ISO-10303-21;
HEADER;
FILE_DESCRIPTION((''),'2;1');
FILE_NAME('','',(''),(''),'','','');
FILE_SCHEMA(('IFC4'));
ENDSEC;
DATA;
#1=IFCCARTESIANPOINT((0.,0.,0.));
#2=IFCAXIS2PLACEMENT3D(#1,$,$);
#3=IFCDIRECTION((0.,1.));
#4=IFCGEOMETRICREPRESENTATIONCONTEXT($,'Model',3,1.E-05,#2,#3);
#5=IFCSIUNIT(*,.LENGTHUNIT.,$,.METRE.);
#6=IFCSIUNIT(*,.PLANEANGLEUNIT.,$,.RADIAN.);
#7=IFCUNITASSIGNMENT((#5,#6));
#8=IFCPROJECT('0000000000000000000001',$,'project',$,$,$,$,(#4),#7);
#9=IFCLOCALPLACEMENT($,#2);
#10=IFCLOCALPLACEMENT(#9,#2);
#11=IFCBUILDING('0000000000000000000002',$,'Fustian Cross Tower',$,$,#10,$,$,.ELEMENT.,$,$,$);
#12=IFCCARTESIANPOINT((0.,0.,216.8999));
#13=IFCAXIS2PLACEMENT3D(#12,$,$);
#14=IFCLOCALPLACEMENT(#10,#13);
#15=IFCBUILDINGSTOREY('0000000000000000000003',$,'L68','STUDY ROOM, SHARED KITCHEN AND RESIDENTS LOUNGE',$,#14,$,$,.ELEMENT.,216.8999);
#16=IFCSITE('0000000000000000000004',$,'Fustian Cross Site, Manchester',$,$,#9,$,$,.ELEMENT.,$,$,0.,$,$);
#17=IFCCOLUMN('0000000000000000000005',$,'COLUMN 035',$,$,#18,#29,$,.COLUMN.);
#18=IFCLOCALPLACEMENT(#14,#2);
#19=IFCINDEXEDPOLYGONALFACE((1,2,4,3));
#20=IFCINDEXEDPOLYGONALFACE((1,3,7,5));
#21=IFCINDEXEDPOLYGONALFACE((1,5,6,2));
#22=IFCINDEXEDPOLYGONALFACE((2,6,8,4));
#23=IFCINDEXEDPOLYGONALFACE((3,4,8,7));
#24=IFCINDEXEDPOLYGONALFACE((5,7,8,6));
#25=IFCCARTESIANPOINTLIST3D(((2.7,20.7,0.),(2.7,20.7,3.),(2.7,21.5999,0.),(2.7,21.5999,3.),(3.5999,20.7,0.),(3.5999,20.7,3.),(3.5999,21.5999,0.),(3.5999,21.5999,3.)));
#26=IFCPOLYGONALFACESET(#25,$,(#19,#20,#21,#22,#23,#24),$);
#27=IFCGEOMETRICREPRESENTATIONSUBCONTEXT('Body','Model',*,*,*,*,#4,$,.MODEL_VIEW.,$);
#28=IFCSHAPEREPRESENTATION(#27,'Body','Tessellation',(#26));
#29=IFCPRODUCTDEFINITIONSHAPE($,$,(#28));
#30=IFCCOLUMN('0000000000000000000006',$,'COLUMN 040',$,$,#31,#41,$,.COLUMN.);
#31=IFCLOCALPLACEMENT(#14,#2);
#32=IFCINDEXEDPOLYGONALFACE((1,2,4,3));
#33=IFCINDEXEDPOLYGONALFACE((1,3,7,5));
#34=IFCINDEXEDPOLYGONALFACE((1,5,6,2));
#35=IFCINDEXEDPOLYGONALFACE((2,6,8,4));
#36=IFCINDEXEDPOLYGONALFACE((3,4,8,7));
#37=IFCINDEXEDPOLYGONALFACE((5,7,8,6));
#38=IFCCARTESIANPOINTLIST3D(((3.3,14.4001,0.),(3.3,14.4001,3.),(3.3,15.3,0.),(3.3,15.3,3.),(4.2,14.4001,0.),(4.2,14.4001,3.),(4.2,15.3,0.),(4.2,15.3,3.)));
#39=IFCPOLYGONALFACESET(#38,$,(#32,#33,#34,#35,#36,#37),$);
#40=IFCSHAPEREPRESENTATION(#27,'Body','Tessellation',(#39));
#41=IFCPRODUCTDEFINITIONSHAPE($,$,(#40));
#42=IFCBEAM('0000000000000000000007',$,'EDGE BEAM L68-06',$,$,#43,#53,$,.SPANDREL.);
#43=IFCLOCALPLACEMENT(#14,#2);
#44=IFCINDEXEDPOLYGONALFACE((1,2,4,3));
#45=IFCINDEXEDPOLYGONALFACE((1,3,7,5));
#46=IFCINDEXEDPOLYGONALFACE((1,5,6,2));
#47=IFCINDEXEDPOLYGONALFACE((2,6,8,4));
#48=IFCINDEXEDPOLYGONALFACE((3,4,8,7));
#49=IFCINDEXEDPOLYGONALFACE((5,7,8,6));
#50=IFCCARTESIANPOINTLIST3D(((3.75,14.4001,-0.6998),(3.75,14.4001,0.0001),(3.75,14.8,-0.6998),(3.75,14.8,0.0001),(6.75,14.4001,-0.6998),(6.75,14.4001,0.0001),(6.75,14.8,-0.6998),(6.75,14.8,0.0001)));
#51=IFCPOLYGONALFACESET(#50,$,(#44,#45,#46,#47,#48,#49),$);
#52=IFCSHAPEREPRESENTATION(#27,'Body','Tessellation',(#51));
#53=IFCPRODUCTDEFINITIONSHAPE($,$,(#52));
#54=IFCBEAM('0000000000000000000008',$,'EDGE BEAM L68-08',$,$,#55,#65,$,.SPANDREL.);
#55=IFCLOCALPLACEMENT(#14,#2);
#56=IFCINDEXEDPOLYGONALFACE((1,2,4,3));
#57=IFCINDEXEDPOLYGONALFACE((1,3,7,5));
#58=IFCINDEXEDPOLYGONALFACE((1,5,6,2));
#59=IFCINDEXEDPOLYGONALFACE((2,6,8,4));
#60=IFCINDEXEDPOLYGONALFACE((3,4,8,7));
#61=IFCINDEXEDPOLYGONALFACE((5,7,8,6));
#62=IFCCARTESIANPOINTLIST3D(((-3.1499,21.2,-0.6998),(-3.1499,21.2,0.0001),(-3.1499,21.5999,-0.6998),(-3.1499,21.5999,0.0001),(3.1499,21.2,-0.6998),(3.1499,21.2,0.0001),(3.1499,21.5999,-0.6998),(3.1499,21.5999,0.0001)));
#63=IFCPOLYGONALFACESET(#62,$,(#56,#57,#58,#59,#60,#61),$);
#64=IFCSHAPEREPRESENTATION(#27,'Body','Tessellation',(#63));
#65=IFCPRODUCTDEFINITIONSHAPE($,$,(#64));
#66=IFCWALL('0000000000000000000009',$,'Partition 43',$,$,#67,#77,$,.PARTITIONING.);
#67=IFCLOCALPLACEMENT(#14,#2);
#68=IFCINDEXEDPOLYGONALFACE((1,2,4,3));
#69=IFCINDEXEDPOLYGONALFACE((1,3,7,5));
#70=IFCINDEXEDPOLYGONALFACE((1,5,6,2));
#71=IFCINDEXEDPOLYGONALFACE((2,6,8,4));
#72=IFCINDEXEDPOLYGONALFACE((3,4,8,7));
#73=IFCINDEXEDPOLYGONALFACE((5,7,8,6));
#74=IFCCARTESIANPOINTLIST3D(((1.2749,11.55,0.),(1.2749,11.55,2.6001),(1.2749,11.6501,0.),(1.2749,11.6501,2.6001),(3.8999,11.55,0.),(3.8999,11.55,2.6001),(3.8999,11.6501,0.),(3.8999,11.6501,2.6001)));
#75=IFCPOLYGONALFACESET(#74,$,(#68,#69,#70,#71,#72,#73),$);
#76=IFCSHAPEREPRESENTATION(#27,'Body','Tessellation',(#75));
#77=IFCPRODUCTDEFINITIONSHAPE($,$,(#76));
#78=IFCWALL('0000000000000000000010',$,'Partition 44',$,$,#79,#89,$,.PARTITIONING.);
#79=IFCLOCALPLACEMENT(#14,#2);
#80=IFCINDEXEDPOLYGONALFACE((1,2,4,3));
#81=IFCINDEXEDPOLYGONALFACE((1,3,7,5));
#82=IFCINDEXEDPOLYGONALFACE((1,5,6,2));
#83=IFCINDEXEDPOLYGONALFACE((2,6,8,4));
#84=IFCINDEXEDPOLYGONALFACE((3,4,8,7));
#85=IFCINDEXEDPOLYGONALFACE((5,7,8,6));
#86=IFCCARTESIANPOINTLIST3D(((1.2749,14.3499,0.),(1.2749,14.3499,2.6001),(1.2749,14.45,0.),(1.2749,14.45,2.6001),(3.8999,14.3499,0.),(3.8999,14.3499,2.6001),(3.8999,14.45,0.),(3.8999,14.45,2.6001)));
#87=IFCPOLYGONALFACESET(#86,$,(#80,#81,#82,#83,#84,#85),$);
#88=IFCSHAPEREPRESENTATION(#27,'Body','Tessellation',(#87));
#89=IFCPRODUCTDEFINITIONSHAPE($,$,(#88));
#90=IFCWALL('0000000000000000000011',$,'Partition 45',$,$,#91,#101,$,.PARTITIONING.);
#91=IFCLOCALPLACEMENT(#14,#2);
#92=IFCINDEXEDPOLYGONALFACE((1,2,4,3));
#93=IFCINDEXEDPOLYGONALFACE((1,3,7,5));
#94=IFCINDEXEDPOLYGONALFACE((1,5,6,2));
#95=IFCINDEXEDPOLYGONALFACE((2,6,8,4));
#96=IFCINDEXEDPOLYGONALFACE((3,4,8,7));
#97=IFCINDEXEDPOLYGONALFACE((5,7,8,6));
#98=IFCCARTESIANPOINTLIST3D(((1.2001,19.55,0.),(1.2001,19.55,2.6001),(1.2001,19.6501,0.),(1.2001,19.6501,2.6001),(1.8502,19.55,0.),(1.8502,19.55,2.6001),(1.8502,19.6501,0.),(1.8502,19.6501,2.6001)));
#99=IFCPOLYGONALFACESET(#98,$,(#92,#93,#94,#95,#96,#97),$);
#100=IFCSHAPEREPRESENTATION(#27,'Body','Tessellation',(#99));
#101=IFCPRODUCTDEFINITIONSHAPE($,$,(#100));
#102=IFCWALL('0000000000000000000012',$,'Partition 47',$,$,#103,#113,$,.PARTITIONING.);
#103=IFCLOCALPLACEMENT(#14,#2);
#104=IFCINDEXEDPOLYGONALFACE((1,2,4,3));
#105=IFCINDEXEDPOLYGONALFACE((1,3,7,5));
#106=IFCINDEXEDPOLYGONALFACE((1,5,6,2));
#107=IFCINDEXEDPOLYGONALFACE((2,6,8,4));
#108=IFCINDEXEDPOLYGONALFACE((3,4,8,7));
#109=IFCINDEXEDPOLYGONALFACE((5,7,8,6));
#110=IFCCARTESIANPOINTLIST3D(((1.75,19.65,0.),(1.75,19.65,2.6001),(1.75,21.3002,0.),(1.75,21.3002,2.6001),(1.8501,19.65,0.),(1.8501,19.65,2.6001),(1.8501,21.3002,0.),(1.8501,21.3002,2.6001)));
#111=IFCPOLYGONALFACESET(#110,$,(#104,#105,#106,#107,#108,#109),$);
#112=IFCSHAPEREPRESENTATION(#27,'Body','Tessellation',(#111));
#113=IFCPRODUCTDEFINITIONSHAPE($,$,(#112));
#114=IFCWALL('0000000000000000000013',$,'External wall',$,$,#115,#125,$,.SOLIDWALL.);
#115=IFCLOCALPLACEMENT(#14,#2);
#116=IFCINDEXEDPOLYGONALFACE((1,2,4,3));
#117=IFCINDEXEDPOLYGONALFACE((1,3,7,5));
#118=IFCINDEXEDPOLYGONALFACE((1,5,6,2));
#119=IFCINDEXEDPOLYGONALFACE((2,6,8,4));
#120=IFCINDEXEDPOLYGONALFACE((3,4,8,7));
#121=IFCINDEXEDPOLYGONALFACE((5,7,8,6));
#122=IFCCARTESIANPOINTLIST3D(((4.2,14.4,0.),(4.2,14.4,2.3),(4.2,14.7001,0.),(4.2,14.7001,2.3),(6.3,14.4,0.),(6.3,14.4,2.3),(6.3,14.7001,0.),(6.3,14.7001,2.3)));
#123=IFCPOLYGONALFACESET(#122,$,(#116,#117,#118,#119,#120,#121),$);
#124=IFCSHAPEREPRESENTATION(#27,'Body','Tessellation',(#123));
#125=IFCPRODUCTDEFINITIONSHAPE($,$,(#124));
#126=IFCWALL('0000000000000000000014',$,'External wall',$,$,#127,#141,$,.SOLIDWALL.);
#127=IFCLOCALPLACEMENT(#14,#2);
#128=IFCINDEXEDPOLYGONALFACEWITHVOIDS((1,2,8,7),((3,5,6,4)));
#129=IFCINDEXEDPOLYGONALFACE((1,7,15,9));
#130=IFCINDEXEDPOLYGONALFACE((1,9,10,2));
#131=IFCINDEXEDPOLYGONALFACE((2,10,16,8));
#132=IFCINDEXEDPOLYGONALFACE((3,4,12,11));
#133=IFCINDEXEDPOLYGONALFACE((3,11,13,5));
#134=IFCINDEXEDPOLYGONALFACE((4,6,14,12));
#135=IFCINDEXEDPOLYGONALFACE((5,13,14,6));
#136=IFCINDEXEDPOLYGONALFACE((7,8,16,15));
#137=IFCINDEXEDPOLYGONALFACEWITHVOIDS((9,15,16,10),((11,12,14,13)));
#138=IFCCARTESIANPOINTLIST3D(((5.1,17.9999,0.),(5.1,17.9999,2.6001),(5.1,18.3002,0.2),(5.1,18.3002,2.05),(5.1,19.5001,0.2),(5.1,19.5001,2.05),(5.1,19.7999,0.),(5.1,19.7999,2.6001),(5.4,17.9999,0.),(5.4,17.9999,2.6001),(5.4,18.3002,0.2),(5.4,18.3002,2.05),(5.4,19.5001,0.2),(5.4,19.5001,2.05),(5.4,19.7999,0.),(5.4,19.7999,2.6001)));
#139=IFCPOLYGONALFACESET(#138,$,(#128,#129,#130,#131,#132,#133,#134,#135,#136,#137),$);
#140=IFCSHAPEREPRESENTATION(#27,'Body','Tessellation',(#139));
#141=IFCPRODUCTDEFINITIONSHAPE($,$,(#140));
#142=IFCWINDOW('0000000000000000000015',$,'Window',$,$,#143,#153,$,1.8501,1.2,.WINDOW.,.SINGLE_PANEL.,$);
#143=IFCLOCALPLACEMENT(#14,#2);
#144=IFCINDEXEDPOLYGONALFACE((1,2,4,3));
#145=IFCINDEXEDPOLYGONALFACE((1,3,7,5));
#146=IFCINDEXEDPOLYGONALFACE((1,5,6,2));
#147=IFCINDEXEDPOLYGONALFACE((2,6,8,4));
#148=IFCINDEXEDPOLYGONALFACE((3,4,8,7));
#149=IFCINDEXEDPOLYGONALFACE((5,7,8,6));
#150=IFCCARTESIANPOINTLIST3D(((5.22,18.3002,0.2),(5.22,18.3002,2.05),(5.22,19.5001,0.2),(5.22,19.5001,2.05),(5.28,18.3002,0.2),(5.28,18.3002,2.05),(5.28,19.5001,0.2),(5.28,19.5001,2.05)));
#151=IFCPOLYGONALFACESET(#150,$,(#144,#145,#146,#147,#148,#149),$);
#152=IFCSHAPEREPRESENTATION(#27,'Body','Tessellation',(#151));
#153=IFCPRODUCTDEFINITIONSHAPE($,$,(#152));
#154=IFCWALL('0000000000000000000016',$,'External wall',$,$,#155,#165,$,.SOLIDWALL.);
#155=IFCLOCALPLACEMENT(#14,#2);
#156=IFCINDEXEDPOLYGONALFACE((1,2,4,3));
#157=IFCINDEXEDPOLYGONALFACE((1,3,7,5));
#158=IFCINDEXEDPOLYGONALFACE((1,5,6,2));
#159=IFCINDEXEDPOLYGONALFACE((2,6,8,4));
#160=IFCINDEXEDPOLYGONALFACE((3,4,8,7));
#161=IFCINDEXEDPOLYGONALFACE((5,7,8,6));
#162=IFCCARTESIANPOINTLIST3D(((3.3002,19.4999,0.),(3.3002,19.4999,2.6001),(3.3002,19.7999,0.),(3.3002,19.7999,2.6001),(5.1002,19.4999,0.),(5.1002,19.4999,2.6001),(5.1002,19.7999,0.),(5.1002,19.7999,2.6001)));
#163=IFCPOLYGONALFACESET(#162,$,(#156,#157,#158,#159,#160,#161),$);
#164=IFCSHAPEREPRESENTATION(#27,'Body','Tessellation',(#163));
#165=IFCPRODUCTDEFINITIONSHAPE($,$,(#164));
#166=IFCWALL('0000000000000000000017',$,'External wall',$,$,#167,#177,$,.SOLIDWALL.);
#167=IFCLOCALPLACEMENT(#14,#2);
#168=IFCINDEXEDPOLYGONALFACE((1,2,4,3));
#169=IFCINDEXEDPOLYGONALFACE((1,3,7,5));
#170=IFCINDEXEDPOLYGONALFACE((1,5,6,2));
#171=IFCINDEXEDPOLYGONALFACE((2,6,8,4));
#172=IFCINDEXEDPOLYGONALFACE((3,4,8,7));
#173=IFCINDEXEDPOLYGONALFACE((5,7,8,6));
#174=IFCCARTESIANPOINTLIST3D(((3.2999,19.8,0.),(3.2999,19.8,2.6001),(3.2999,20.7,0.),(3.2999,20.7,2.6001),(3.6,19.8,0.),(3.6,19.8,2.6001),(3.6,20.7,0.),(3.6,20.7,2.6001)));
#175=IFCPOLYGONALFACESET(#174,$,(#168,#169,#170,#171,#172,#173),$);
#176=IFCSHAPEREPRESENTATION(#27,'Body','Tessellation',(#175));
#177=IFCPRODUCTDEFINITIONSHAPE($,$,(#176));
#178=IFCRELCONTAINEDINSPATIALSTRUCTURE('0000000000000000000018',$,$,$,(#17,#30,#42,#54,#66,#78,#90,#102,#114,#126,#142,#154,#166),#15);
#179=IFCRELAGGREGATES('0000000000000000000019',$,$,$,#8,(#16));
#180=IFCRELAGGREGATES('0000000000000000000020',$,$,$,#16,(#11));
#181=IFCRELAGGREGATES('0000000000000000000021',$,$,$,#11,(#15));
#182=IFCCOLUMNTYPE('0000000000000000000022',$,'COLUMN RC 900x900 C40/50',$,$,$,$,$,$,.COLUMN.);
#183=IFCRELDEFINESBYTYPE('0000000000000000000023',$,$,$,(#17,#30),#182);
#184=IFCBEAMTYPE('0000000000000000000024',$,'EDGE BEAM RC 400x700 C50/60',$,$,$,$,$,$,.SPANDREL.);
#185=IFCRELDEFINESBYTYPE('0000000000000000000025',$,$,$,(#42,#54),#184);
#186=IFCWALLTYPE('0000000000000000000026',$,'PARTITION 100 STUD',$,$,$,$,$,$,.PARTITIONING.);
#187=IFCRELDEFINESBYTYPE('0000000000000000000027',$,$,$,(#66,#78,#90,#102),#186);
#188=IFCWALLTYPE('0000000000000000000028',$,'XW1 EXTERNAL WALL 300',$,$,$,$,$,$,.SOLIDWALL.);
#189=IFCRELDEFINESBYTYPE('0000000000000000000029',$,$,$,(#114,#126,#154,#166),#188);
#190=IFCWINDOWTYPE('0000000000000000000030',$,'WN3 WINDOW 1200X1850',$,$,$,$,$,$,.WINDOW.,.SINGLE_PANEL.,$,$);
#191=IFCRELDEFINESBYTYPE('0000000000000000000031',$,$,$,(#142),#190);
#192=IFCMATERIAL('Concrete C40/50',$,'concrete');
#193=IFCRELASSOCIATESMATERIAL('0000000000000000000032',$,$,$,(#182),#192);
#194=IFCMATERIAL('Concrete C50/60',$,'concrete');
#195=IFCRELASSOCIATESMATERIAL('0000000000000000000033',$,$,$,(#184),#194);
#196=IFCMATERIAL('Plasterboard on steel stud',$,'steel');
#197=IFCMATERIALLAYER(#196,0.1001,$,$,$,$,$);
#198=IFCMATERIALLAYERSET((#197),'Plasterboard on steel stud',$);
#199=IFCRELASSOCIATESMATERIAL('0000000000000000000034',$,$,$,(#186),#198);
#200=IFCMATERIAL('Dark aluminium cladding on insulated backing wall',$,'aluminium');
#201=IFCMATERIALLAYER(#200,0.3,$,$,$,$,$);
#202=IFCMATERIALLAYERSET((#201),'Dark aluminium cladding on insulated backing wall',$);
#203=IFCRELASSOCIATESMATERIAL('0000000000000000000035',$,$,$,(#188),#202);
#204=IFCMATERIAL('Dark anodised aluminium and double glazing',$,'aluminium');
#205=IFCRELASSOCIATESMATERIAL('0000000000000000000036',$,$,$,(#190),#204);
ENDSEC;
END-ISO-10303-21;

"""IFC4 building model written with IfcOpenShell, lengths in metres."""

from ifc_helpers import new_model, si_unit, direction, frame, frame_2d, origin, origin_2d, place, context, subcontext, project, spatial, rectangle, extrude, material, layer, layer_set, material_profile, profile_set, type_object, element, fill, save


model = new_model("IFC4")

# Units and contexts
model_context = context("Model", 3, precision=1e-05, world=origin(), true_north=direction((0.0, 1.0)))
body_context = subcontext(model_context, "Body", "Model", "MODEL_VIEW")
ifc_project = project(units=[si_unit("LENGTHUNIT", "METRE"), si_unit("PLANEANGLEUNIT", "RADIAN")], contexts=[model_context])

# Site, building, storey
site_placement = place(None, origin())
site = spatial("IfcSite", under=ifc_project, at=site_placement, Name="Fustian Cross Site, Manchester", CompositionType="ELEMENT", RefElevation=0.0)
building_placement = place(site_placement, origin())
building = spatial("IfcBuilding", under=site, at=building_placement, Name="Fustian Cross Tower", CompositionType="ELEMENT")
storey_placement = place(building_placement, frame((0.0, 0.0, 216.8999)))
storey = spatial("IfcBuildingStorey", under=building, at=storey_placement, Name="L68", Description="STUDY ROOM, SHARED KITCHEN AND RESIDENTS LOUNGE", CompositionType="ELEMENT", Elevation=216.8999)

# Columns
ifc_material_1 = material(Name="Concrete C40/50", Category="concrete")
ifc_material_profile_1 = material_profile(ifc_material_1, rectangle(XDim=0.8999, YDim=0.8999, at=origin_2d()), Name="RC 900x900")
ifc_profile_set_1 = profile_set([ifc_material_profile_1], Name="Concrete C40/50")
column_type = type_object("IfcColumnType", Name="COLUMN RC 900x900 C40/50", PredefinedType="COLUMN", material=ifc_profile_set_1)
for number, where, z_axis, x_axis, name in (
    (1, (3.1499, 21.1499, 0.0), (0.0, 0.0, 1.0), (1.0, 0.0, 0.0), "COLUMN 035"),
    (2, (3.75, 14.8501, 0.0), (0.0, 0.0, 1.0), (1.0, 0.0, 0.0), "COLUMN 040"),
):
    element("IfcColumn", number, at=place(storey_placement, frame(where, z_axis=z_axis, x_axis=x_axis)), inside=storey, type_object=column_type, Name=name, PredefinedType="COLUMN", context=body_context, shape_type="SweptSolid", body=[
        extrude(rectangle(XDim=0.8999, YDim=0.8999, at=origin_2d()), origin(), (0.0, 0.0, 1.0), 3.0),
    ])

# Beams
ifc_material_2 = material(Name="Concrete C50/60", Category="concrete")
ifc_material_profile_2 = material_profile(ifc_material_2, rectangle(XDim=0.3999, YDim=0.7, at=origin_2d()), Name="RC 400x700")
ifc_profile_set_2 = profile_set([ifc_material_profile_2], Name="Concrete C50/60")
beam_type = type_object("IfcBeamType", Name="EDGE BEAM RC 400x700 C50/60", PredefinedType="SPANDREL", material=ifc_profile_set_2)
beam_1_placement = place(storey_placement, frame((3.75, 14.6001, -0.3499), z_axis=(1.0, 0.0, 0.0), x_axis=(0.0, 1.0, 0.0)))
element("IfcBeam", 3, at=beam_1_placement, inside=storey, type_object=beam_type, Name="EDGE BEAM L68-06", PredefinedType="SPANDREL", context=body_context, shape_type="SweptSolid", body=[
    extrude(rectangle(XDim=0.3999, YDim=0.7, at=origin_2d()), origin(), (0.0, 0.0, 1.0), 3.0),
])
beam_2_placement = place(storey_placement, frame((3.1499, 21.3999, -0.3499), z_axis=(-1.0, 0.0, 0.0), x_axis=(0.0, -1.0, 0.0)))
element("IfcBeam", 4, at=beam_2_placement, inside=storey, type_object=beam_type, Name="EDGE BEAM L68-08", PredefinedType="SPANDREL", context=body_context, shape_type="SweptSolid", body=[
    extrude(rectangle(XDim=0.3999, YDim=0.7, at=origin_2d()), origin(), (0.0, 0.0, 1.0), 6.2998),
])

# Walls
ifc_material_3 = material(Name="Plasterboard on steel stud", Category="steel")
ifc_layer_1 = layer(ifc_material_3, 0.1001)
ifc_layer_set_1 = layer_set([ifc_layer_1], Name="Plasterboard on steel stud")
wall_type_1 = type_object("IfcWallType", Name="PARTITION 100 STUD", PredefinedType="PARTITIONING", material=ifc_layer_set_1)
for number, where, z_axis, x_axis, name in (
    (5, (1.2749, 11.6001, 0.0), (0.0, 0.0, 1.0), (1.0, 0.0, 0.0), "Partition 43"),
    (6, (1.2749, 14.3999, 0.0), (0.0, 0.0, 1.0), (1.0, 0.0, 0.0), "Partition 44"),
):
    element("IfcWall", number, at=place(storey_placement, frame(where, z_axis=z_axis, x_axis=x_axis)), inside=storey, type_object=wall_type_1, Name=name, PredefinedType="PARTITIONING", context=body_context, shape_type="SweptSolid", body=[
        extrude(rectangle(XDim=2.625, YDim=0.1001, at=frame_2d((1.3125, 0.0))), origin(), (0.0, 0.0, 1.0), 2.6001),
    ])
wall_1_placement = place(storey_placement, frame((1.2, 19.6001, 0.0), z_axis=(0.0, 0.0, 1.0), x_axis=(1.0, 0.0, 0.0)))
element("IfcWall", 7, at=wall_1_placement, inside=storey, type_object=wall_type_1, Name="Partition 45", PredefinedType="PARTITIONING", context=body_context, shape_type="SweptSolid", body=[
    extrude(rectangle(XDim=0.6501, YDim=0.1001, at=frame_2d((0.3252, 0.0))), origin(), (0.0, 0.0, 1.0), 2.6001),
])
wall_2_placement = place(storey_placement, frame((1.8, 19.6499, 0.0), z_axis=(0.0, 0.0, 1.0), x_axis=(0.0, 1.0, 0.0)))
element("IfcWall", 8, at=wall_2_placement, inside=storey, type_object=wall_type_1, Name="Partition 47", PredefinedType="PARTITIONING", context=body_context, shape_type="SweptSolid", body=[
    extrude(rectangle(XDim=1.6501, YDim=0.1001, at=frame_2d((0.8252, 0.0))), origin(), (0.0, 0.0, 1.0), 2.6001),
])
ifc_material_4 = material(Name="Dark aluminium cladding on insulated backing wall", Category="aluminium")
ifc_layer_2 = layer(ifc_material_4, 0.3)
ifc_layer_set_2 = layer_set([ifc_layer_2], Name="Dark aluminium cladding on insulated backing wall")
wall_type_2 = type_object("IfcWallType", Name="XW1 EXTERNAL WALL 300", PredefinedType="SOLIDWALL", material=ifc_layer_set_2)
wall_3_placement = place(storey_placement, frame((4.2, 14.55, 0.0), z_axis=(0.0, 0.0, 1.0), x_axis=(1.0, 0.0, 0.0)))
element("IfcWall", 9, at=wall_3_placement, inside=storey, type_object=wall_type_2, Name="External wall", PredefinedType="SOLIDWALL", context=body_context, shape_type="SweptSolid", body=[
    extrude(rectangle(XDim=2.1001, YDim=0.3, at=frame_2d((1.05, 0.0))), origin(), (0.0, 0.0, 1.0), 2.3),
])

# Wall, opening, window
wall_4_placement = place(storey_placement, frame((5.25, 18.0, 0.0), z_axis=(0.0, 0.0, 1.0), x_axis=(0.0, 1.0, 0.0)))
wall_4 = element("IfcWall", 10, at=wall_4_placement, inside=storey, type_object=wall_type_2, Name="External wall", PredefinedType="SOLIDWALL", context=body_context, shape_type="SweptSolid", body=[
    extrude(rectangle(XDim=1.8, YDim=0.3, at=frame_2d((0.8999, 0.0))), origin(), (0.0, 0.0, 1.0), 2.6001),
])
opening_1_placement = place(wall_4_placement, frame((0.3, 0.0, 0.2)))
opening_1 = element("IfcOpeningElement", 11, at=opening_1_placement, cuts=wall_4, PredefinedType="OPENING", context=body_context, shape_type="SweptSolid", body=[
    extrude(rectangle(XDim=1.2, YDim=1.8501, at=frame_2d((0.6001, 0.925))), frame((0.0, 0.1599, 0.0), z_axis=(0.0, -1.0, 0.0), x_axis=(1.0, 0.0, 0.0)), (0.0, 0.0, 1.0), 0.3201),
])
ifc_material_5 = material(Name="Dark anodised aluminium and double glazing", Category="aluminium")
window_type_1 = type_object("IfcWindowType", Name="WN3 WINDOW 1200X1850", PartitioningType="SINGLE_PANEL", PredefinedType="WINDOW", material=ifc_material_5)
window_1_placement = place(opening_1_placement, origin())
window_1 = element("IfcWindow", 12, at=window_1_placement, inside=storey, type_object=window_type_1, Name="Window", OverallHeight=1.8501, OverallWidth=1.2, PartitioningType="SINGLE_PANEL", PredefinedType="WINDOW", context=body_context, shape_type="SweptSolid", body=[
    extrude(rectangle(XDim=1.2, YDim=1.8501, at=frame_2d((0.6001, 0.925))), frame((0.0, 0.03, 0.0), z_axis=(0.0, -1.0, 0.0), x_axis=(1.0, 0.0, 0.0)), (0.0, 0.0, 1.0), 0.0601),
])
fill(opening_1, window_1)

# Walls
wall_5_placement = place(storey_placement, frame((5.1001, 19.6499, 0.0), z_axis=(0.0, 0.0, 1.0), x_axis=(-1.0, 0.0, 0.0)))
element("IfcWall", 13, at=wall_5_placement, inside=storey, type_object=wall_type_2, Name="External wall", PredefinedType="SOLIDWALL", context=body_context, shape_type="SweptSolid", body=[
    extrude(rectangle(XDim=1.8, YDim=0.3, at=frame_2d((0.8999, 0.0))), origin(), (0.0, 0.0, 1.0), 2.6001),
])
wall_6_placement = place(storey_placement, frame((3.45, 19.8, 0.0), z_axis=(0.0, 0.0, 1.0), x_axis=(0.0, 1.0, 0.0)))
element("IfcWall", 14, at=wall_6_placement, inside=storey, type_object=wall_type_2, Name="External wall", PredefinedType="SOLIDWALL", context=body_context, shape_type="SweptSolid", body=[
    extrude(rectangle(XDim=0.8999, YDim=0.3, at=frame_2d((0.45, 0.0))), origin(), (0.0, 0.0, 1.0), 2.6001),
])

save(model, "model.ifc")
